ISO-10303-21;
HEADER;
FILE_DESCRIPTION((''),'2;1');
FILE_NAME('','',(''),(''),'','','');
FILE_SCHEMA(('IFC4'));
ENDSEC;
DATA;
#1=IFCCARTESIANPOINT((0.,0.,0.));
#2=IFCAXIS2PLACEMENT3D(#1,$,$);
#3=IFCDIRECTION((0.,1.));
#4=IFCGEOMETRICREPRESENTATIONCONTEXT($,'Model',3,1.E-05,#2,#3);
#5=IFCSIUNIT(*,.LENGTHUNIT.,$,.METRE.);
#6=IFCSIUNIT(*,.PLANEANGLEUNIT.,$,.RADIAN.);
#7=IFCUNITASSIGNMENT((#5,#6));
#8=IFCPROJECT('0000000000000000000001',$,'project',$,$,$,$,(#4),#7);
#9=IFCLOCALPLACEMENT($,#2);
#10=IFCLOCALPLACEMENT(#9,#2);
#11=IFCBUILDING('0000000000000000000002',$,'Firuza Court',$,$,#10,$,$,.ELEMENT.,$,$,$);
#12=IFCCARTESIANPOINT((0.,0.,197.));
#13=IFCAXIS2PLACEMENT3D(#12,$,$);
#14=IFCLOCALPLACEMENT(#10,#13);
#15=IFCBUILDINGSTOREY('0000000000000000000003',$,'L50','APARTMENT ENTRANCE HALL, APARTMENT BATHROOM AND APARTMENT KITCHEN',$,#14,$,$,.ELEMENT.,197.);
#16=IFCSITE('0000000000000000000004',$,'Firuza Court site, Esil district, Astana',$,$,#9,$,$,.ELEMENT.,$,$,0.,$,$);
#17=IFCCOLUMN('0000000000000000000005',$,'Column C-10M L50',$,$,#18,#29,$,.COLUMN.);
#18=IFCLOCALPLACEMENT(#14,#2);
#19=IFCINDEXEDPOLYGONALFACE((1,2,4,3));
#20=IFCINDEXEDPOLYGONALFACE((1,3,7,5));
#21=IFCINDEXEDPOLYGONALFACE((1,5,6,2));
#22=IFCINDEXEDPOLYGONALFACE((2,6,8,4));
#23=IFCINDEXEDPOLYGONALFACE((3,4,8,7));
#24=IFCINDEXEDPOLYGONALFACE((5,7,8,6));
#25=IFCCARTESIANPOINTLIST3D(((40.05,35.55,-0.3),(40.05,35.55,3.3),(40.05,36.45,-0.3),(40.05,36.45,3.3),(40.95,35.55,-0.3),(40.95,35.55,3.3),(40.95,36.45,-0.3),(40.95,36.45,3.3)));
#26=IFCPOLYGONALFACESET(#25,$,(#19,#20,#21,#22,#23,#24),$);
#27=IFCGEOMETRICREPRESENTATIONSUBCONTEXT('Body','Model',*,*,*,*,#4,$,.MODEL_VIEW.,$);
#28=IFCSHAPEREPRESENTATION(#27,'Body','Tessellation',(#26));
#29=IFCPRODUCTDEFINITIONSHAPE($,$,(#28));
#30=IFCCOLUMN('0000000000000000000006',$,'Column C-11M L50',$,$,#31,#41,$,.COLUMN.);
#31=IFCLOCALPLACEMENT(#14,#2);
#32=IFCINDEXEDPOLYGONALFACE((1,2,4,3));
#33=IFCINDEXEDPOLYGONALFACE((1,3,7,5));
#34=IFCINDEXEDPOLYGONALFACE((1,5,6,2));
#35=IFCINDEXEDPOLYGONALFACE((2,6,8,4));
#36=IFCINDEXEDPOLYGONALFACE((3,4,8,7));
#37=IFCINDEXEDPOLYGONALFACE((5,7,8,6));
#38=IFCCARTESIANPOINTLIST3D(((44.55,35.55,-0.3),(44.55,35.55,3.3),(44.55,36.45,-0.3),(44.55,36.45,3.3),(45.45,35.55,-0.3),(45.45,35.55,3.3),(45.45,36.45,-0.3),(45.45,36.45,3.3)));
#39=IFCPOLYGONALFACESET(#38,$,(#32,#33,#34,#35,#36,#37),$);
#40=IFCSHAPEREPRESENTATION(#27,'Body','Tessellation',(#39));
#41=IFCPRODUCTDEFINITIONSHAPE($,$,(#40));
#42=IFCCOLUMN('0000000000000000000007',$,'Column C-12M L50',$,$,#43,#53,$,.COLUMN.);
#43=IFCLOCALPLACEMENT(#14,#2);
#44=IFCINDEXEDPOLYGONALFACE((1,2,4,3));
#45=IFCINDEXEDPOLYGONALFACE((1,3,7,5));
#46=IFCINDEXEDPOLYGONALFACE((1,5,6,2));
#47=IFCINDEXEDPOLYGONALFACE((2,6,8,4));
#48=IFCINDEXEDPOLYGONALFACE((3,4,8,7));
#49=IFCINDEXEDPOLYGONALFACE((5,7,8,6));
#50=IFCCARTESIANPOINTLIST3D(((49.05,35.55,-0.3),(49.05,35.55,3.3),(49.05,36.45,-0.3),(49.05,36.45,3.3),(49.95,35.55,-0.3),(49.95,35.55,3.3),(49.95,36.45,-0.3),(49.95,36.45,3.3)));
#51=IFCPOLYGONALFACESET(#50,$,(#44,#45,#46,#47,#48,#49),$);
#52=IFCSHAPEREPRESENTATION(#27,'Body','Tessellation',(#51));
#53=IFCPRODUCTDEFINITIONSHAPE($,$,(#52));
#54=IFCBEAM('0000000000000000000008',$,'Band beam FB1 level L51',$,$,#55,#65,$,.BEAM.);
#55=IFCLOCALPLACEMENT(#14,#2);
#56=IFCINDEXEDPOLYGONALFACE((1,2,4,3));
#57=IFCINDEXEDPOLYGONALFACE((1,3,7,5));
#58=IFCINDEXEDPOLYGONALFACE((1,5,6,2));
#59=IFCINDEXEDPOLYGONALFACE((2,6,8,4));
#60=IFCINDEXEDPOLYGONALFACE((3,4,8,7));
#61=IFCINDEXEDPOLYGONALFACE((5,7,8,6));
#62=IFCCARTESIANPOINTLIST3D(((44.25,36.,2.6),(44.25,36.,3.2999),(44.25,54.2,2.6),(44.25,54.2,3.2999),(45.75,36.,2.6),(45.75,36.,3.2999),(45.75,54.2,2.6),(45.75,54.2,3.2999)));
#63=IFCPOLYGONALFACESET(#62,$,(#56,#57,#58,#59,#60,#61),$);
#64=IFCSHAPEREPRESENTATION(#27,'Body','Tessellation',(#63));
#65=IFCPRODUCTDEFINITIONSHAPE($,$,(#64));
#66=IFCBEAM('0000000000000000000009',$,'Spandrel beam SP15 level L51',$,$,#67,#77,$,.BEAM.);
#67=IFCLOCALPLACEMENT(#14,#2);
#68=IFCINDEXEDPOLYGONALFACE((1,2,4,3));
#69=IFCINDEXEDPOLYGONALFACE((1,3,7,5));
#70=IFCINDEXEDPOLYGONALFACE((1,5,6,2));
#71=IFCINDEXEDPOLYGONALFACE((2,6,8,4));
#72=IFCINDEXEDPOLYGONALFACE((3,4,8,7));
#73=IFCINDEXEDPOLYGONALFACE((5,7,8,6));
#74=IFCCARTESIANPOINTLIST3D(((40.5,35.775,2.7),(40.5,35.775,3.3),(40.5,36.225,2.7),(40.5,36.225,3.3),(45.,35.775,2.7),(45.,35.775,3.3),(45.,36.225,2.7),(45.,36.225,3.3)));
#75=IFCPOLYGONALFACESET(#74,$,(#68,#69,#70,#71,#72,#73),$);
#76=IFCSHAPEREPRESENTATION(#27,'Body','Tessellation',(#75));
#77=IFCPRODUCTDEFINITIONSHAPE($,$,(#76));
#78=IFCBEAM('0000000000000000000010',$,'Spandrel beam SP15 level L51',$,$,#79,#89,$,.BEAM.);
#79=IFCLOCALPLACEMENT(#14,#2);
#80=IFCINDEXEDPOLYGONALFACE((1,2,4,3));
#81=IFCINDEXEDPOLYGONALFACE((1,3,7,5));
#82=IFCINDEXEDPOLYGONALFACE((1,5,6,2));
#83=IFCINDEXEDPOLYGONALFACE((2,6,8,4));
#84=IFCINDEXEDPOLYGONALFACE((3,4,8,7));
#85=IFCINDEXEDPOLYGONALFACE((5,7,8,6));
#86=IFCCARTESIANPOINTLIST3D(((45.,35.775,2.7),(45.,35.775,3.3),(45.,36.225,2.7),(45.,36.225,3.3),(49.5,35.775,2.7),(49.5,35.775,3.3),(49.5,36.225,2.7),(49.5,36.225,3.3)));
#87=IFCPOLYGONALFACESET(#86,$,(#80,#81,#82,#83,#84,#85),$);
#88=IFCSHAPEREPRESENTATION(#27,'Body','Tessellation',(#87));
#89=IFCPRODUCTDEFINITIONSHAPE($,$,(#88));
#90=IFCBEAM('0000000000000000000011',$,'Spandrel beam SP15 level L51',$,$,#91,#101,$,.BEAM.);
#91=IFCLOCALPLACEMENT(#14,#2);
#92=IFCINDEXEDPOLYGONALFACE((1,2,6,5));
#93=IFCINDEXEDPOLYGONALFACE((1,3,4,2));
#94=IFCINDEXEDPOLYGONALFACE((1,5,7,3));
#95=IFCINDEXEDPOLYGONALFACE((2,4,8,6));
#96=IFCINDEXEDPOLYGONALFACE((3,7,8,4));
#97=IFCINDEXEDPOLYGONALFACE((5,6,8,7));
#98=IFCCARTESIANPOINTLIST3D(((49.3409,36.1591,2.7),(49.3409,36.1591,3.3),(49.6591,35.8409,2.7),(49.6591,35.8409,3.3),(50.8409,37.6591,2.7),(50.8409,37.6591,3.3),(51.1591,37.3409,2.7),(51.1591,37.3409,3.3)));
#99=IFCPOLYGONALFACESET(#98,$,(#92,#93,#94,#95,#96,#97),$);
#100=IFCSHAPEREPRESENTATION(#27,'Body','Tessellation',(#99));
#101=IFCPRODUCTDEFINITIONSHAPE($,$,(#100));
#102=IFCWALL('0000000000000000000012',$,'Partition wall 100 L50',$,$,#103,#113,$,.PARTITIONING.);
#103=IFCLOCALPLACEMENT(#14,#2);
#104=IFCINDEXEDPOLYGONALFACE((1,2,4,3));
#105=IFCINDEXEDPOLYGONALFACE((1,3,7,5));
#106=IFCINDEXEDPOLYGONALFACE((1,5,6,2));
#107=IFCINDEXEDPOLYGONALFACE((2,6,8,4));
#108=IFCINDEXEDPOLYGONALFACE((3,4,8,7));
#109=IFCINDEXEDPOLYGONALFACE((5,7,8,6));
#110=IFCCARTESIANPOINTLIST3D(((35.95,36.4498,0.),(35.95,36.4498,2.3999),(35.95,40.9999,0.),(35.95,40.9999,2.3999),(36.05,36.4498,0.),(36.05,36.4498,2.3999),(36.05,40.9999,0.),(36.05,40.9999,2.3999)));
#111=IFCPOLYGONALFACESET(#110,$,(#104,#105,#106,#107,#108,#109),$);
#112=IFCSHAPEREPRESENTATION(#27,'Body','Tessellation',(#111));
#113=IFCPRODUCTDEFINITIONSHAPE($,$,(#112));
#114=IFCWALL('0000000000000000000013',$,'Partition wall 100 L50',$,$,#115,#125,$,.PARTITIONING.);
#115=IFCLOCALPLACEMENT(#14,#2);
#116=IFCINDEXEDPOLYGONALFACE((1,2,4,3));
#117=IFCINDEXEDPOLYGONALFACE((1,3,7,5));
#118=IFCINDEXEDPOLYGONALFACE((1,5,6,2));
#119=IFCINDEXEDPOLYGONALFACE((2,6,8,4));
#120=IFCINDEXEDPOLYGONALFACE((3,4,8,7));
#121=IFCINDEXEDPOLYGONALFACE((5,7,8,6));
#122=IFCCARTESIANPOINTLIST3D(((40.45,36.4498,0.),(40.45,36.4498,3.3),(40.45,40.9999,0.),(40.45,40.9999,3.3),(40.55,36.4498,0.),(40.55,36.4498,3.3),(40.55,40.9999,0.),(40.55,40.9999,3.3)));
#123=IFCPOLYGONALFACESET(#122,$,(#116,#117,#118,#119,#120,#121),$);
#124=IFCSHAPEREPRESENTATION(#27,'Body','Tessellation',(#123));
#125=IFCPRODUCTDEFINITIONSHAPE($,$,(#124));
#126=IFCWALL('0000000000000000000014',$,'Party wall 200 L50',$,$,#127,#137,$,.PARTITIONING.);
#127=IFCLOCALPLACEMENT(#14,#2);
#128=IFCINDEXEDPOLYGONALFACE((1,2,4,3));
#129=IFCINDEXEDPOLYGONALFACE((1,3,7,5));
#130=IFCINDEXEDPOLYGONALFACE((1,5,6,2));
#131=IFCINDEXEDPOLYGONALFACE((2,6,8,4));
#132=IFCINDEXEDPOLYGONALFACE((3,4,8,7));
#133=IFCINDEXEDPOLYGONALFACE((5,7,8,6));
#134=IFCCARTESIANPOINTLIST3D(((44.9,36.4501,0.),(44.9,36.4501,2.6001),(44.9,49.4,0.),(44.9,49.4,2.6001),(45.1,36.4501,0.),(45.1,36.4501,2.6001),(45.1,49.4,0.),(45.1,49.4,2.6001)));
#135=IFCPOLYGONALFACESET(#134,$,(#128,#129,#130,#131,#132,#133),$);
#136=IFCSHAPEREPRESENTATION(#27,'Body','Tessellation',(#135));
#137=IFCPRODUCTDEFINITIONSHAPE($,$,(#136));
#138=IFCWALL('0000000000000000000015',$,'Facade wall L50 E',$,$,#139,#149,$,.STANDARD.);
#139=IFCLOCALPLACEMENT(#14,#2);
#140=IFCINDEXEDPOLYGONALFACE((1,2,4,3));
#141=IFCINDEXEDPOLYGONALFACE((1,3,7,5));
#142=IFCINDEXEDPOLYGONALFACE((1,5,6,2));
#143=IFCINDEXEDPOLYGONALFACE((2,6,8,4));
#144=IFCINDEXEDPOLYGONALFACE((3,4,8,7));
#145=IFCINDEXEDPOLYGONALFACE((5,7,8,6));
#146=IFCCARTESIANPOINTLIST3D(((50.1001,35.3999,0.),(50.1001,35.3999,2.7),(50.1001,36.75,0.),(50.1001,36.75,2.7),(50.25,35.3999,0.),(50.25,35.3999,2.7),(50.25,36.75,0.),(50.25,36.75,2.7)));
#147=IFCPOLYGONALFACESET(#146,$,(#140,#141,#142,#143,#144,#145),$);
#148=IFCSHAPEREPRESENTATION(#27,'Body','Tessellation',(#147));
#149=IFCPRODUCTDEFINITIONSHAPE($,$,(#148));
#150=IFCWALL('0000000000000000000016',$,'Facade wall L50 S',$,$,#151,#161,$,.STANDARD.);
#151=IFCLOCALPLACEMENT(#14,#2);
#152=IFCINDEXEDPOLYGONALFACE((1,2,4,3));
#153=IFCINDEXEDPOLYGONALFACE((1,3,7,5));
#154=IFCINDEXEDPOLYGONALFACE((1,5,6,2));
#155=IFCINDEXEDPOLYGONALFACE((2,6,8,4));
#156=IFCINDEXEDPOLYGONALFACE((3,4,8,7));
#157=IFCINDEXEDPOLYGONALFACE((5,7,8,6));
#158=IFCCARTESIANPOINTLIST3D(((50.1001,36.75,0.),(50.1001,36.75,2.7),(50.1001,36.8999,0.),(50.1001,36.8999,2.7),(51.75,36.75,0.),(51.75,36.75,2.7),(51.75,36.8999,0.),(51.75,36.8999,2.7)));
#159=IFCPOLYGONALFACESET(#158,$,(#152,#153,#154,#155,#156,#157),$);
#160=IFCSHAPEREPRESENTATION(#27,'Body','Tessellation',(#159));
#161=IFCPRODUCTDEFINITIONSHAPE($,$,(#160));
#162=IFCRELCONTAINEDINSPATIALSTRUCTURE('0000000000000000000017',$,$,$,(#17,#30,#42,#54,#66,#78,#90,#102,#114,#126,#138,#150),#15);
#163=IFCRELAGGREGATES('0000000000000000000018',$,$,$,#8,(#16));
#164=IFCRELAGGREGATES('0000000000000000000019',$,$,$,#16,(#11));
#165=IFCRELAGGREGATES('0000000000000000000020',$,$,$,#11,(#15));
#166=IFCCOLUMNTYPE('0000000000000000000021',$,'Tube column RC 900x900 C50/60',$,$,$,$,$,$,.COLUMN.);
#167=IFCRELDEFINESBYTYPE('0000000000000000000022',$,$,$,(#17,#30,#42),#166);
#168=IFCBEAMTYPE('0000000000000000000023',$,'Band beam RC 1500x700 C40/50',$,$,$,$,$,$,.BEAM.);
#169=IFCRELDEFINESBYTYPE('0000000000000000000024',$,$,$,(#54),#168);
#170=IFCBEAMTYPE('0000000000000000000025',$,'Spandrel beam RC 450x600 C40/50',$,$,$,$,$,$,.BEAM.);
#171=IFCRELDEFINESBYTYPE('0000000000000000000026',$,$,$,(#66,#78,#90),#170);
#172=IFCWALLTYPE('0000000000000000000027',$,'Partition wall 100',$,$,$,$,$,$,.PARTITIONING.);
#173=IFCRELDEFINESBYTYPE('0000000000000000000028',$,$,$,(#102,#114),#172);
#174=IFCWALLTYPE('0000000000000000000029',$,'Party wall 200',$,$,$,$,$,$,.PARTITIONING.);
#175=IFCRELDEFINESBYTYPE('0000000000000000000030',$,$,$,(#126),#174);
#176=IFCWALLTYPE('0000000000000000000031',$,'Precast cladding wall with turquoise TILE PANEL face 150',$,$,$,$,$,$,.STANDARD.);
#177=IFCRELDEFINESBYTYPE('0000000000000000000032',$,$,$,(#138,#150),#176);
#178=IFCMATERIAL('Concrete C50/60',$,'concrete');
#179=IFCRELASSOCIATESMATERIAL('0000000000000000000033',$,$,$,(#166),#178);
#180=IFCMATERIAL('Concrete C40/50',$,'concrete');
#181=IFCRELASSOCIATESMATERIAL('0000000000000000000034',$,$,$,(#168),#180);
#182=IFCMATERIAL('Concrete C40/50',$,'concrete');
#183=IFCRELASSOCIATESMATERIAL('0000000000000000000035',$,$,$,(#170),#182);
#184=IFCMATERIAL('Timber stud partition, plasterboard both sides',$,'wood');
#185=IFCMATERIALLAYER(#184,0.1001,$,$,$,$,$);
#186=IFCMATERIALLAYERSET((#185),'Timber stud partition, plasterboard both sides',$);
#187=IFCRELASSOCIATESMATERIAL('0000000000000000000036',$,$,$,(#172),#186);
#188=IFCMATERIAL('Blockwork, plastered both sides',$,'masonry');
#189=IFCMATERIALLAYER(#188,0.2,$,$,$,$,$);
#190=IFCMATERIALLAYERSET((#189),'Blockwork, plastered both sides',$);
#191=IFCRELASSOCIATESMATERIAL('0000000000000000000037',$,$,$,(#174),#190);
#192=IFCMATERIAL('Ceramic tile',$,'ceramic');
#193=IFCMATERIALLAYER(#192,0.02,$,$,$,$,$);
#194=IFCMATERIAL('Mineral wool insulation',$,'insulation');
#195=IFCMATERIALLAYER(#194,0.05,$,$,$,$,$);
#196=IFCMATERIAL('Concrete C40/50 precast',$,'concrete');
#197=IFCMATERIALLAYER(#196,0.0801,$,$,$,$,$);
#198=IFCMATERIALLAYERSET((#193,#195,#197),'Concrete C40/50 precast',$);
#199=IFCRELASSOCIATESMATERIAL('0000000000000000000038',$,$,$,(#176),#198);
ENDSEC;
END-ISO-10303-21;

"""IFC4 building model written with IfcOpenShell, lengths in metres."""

from ifc_helpers import new_model, si_unit, direction, frame, frame_2d, origin, origin_2d, place, context, subcontext, project, spatial, rectangle, extrude, material, layer, layer_set, material_profile, profile_set, type_object, element, save


model = new_model("IFC4")

# Units and contexts
model_context = context("Model", 3, precision=1e-05, world=origin(), true_north=direction((0.0, 1.0)))
body_context = subcontext(model_context, "Body", "Model", "MODEL_VIEW")
ifc_project = project(units=[si_unit("LENGTHUNIT", "METRE"), si_unit("PLANEANGLEUNIT", "RADIAN")], contexts=[model_context])

# Site, building, storey
site_placement = place(None, origin())
site = spatial("IfcSite", under=ifc_project, at=site_placement, Name="Firuza Court site, Esil district, Astana", CompositionType="ELEMENT", RefElevation=0.0)
building_placement = place(site_placement, origin())
building = spatial("IfcBuilding", under=site, at=building_placement, Name="Firuza Court", CompositionType="ELEMENT")
storey_placement = place(building_placement, frame((0.0, 0.0, 197.0)))
storey = spatial("IfcBuildingStorey", under=building, at=storey_placement, Name="L50", Description="APARTMENT ENTRANCE HALL, APARTMENT BATHROOM AND APARTMENT KITCHEN", CompositionType="ELEMENT", Elevation=197.0)

# Columns
ifc_material_1 = material(Name="Concrete C50/60", Category="concrete")
ifc_material_profile_1 = material_profile(ifc_material_1, rectangle(XDim=0.8999, YDim=0.8999, at=origin_2d()), Name="RC 900x900")
ifc_profile_set_1 = profile_set([ifc_material_profile_1], Name="Concrete C50/60")
column_type = type_object("IfcColumnType", Name="Tube column RC 900x900 C50/60", PredefinedType="COLUMN", material=ifc_profile_set_1)
for number, where, z_axis, x_axis, name in (
    (1, (40.5, 36.0, -0.3), (0.0, 0.0, 1.0), (1.0, 0.0, 0.0), "Column C-10M L50"),
    (2, (45.0, 36.0, -0.3), (0.0, 0.0, 1.0), (1.0, 0.0, 0.0), "Column C-11M L50"),
    (3, (49.5, 36.0, -0.3), (0.0, 0.0, 1.0), (1.0, 0.0, 0.0), "Column C-12M L50"),
):
    element("IfcColumn", number, at=place(storey_placement, frame(where, z_axis=z_axis, x_axis=x_axis)), inside=storey, type_object=column_type, Name=name, PredefinedType="COLUMN", context=body_context, shape_type="SweptSolid", body=[
        extrude(rectangle(XDim=0.8999, YDim=0.8999, at=origin_2d()), origin(), (0.0, 0.0, 1.0), 3.6001),
    ])

# Beams
ifc_material_2 = material(Name="Concrete C40/50", Category="concrete")
ifc_material_profile_2 = material_profile(ifc_material_2, rectangle(XDim=1.5, YDim=0.7, at=origin_2d()), Name="RC 1500x700")
ifc_profile_set_2 = profile_set([ifc_material_profile_2], Name="Concrete C40/50")
beam_type_1 = type_object("IfcBeamType", Name="Band beam RC 1500x700 C40/50", PredefinedType="BEAM", material=ifc_profile_set_2)
beam_1_placement = place(storey_placement, frame((45.0, 36.0, 2.95), z_axis=(0.0, 1.0, 0.0), x_axis=(-1.0, 0.0, 0.0)))
element("IfcBeam", 4, at=beam_1_placement, inside=storey, type_object=beam_type_1, Name="Band beam FB1 level L51", PredefinedType="BEAM", context=body_context, shape_type="SweptSolid", body=[
    extrude(rectangle(XDim=1.5, YDim=0.7, at=origin_2d()), origin(), (0.0, 0.0, 1.0), 18.2),
])
ifc_material_3 = material(Name="Concrete C40/50", Category="concrete")
ifc_material_profile_3 = material_profile(ifc_material_3, rectangle(XDim=0.45, YDim=0.6001, at=origin_2d()), Name="RC 450x600")
ifc_profile_set_3 = profile_set([ifc_material_profile_3], Name="Concrete C40/50")
beam_type_2 = type_object("IfcBeamType", Name="Spandrel beam RC 450x600 C40/50", PredefinedType="BEAM", material=ifc_profile_set_3)
for number, where, z_axis, x_axis, name in (
    (5, (40.5, 36.0, 3.0), (1.0, 0.0, 0.0), (0.0, 1.0, 0.0), "Spandrel beam SP15 level L51"),
    (6, (45.0, 36.0, 3.0), (1.0, 0.0, 0.0), (0.0, 1.0, 0.0), "Spandrel beam SP15 level L51"),
):
    element("IfcBeam", number, at=place(storey_placement, frame(where, z_axis=z_axis, x_axis=x_axis)), inside=storey, type_object=beam_type_2, Name=name, PredefinedType="BEAM", context=body_context, shape_type="SweptSolid", body=[
        extrude(rectangle(XDim=0.45, YDim=0.6001, at=origin_2d()), origin(), (0.0, 0.0, 1.0), 4.5),
    ])
beam_2_placement = place(storey_placement, frame((49.5, 36.0, 3.0), z_axis=(0.707107, 0.707107, 0.0), x_axis=(-0.707107, 0.707107, 0.0)))
element("IfcBeam", 7, at=beam_2_placement, inside=storey, type_object=beam_type_2, Name="Spandrel beam SP15 level L51", PredefinedType="BEAM", context=body_context, shape_type="SweptSolid", body=[
    extrude(rectangle(XDim=0.45, YDim=0.6001, at=origin_2d()), origin(), (0.0, 0.0, 1.0), 2.1213),
])

# Walls
ifc_material_4 = material(Name="Timber stud partition, plasterboard both sides", Category="wood")
ifc_layer_1 = layer(ifc_material_4, 0.1001)
ifc_layer_set_1 = layer_set([ifc_layer_1], Name="Timber stud partition, plasterboard both sides")
wall_type_1 = type_object("IfcWallType", Name="Partition wall 100", PredefinedType="PARTITIONING", material=ifc_layer_set_1)
wall_1_placement = place(storey_placement, frame((36.0, 36.45, 0.0), z_axis=(0.0, 0.0, 1.0), x_axis=(0.0, 1.0, 0.0)))
element("IfcWall", 8, at=wall_1_placement, inside=storey, type_object=wall_type_1, Name="Partition wall 100 L50", PredefinedType="PARTITIONING", context=body_context, shape_type="SweptSolid", body=[
    extrude(rectangle(XDim=4.55, YDim=0.1001, at=frame_2d((2.2749, 0.0))), origin(), (0.0, 0.0, 1.0), 2.3999),
])
wall_2_placement = place(storey_placement, frame((40.5, 36.45, 0.0), z_axis=(0.0, 0.0, 1.0), x_axis=(0.0, 1.0, 0.0)))
element("IfcWall", 9, at=wall_2_placement, inside=storey, type_object=wall_type_1, Name="Partition wall 100 L50", PredefinedType="PARTITIONING", context=body_context, shape_type="SweptSolid", body=[
    extrude(rectangle(XDim=4.55, YDim=0.1001, at=frame_2d((2.2749, 0.0))), origin(), (0.0, 0.0, 1.0), 3.3),
])
ifc_material_5 = material(Name="Blockwork, plastered both sides", Category="masonry")
ifc_layer_2 = layer(ifc_material_5, 0.2)
ifc_layer_set_2 = layer_set([ifc_layer_2], Name="Blockwork, plastered both sides")
wall_type_2 = type_object("IfcWallType", Name="Party wall 200", PredefinedType="PARTITIONING", material=ifc_layer_set_2)
wall_3_placement = place(storey_placement, frame((45.0, 36.45, 0.0), z_axis=(0.0, 0.0, 1.0), x_axis=(0.0, 1.0, 0.0)))
element("IfcWall", 10, at=wall_3_placement, inside=storey, type_object=wall_type_2, Name="Party wall 200 L50", PredefinedType="PARTITIONING", context=body_context, shape_type="SweptSolid", body=[
    extrude(rectangle(XDim=12.95, YDim=0.2, at=frame_2d((6.4751, 0.0))), origin(), (0.0, 0.0, 1.0), 2.6001),
])
ifc_material_6 = material(Name="Ceramic tile", Category="ceramic")
ifc_layer_3 = layer(ifc_material_6, 0.02)
ifc_material_7 = material(Name="Mineral wool insulation", Category="insulation")
ifc_layer_4 = layer(ifc_material_7, 0.05)
ifc_material_8 = material(Name="Concrete C40/50 precast", Category="concrete")
ifc_layer_5 = layer(ifc_material_8, 0.0801)
ifc_layer_set_3 = layer_set([ifc_layer_3, ifc_layer_4, ifc_layer_5], Name="Concrete C40/50 precast")
wall_type_3 = type_object("IfcWallType", Name="Precast cladding wall with turquoise TILE PANEL face 150", PredefinedType="STANDARD", material=ifc_layer_set_3)
wall_4_placement = place(storey_placement, frame((50.175, 35.3999, 0.0), z_axis=(0.0, 0.0, 1.0), x_axis=(0.0, 1.0, 0.0)))
element("IfcWall", 11, at=wall_4_placement, inside=storey, type_object=wall_type_3, Name="Facade wall L50 E", PredefinedType="STANDARD", context=body_context, shape_type="SweptSolid", body=[
    extrude(rectangle(XDim=1.3501, YDim=0.1499, at=frame_2d((0.675, 0.0))), origin(), (0.0, 0.0, 1.0), 2.7),
])
wall_5_placement = place(storey_placement, frame((50.1001, 36.825, 0.0), z_axis=(0.0, 0.0, 1.0), x_axis=(1.0, 0.0, 0.0)))
element("IfcWall", 12, at=wall_5_placement, inside=storey, type_object=wall_type_3, Name="Facade wall L50 S", PredefinedType="STANDARD", context=body_context, shape_type="SweptSolid", body=[
    extrude(rectangle(XDim=1.6499, YDim=0.1499, at=frame_2d((0.825, 0.0))), origin(), (0.0, 0.0, 1.0), 2.7),
])

save(model, "model.ifc")
